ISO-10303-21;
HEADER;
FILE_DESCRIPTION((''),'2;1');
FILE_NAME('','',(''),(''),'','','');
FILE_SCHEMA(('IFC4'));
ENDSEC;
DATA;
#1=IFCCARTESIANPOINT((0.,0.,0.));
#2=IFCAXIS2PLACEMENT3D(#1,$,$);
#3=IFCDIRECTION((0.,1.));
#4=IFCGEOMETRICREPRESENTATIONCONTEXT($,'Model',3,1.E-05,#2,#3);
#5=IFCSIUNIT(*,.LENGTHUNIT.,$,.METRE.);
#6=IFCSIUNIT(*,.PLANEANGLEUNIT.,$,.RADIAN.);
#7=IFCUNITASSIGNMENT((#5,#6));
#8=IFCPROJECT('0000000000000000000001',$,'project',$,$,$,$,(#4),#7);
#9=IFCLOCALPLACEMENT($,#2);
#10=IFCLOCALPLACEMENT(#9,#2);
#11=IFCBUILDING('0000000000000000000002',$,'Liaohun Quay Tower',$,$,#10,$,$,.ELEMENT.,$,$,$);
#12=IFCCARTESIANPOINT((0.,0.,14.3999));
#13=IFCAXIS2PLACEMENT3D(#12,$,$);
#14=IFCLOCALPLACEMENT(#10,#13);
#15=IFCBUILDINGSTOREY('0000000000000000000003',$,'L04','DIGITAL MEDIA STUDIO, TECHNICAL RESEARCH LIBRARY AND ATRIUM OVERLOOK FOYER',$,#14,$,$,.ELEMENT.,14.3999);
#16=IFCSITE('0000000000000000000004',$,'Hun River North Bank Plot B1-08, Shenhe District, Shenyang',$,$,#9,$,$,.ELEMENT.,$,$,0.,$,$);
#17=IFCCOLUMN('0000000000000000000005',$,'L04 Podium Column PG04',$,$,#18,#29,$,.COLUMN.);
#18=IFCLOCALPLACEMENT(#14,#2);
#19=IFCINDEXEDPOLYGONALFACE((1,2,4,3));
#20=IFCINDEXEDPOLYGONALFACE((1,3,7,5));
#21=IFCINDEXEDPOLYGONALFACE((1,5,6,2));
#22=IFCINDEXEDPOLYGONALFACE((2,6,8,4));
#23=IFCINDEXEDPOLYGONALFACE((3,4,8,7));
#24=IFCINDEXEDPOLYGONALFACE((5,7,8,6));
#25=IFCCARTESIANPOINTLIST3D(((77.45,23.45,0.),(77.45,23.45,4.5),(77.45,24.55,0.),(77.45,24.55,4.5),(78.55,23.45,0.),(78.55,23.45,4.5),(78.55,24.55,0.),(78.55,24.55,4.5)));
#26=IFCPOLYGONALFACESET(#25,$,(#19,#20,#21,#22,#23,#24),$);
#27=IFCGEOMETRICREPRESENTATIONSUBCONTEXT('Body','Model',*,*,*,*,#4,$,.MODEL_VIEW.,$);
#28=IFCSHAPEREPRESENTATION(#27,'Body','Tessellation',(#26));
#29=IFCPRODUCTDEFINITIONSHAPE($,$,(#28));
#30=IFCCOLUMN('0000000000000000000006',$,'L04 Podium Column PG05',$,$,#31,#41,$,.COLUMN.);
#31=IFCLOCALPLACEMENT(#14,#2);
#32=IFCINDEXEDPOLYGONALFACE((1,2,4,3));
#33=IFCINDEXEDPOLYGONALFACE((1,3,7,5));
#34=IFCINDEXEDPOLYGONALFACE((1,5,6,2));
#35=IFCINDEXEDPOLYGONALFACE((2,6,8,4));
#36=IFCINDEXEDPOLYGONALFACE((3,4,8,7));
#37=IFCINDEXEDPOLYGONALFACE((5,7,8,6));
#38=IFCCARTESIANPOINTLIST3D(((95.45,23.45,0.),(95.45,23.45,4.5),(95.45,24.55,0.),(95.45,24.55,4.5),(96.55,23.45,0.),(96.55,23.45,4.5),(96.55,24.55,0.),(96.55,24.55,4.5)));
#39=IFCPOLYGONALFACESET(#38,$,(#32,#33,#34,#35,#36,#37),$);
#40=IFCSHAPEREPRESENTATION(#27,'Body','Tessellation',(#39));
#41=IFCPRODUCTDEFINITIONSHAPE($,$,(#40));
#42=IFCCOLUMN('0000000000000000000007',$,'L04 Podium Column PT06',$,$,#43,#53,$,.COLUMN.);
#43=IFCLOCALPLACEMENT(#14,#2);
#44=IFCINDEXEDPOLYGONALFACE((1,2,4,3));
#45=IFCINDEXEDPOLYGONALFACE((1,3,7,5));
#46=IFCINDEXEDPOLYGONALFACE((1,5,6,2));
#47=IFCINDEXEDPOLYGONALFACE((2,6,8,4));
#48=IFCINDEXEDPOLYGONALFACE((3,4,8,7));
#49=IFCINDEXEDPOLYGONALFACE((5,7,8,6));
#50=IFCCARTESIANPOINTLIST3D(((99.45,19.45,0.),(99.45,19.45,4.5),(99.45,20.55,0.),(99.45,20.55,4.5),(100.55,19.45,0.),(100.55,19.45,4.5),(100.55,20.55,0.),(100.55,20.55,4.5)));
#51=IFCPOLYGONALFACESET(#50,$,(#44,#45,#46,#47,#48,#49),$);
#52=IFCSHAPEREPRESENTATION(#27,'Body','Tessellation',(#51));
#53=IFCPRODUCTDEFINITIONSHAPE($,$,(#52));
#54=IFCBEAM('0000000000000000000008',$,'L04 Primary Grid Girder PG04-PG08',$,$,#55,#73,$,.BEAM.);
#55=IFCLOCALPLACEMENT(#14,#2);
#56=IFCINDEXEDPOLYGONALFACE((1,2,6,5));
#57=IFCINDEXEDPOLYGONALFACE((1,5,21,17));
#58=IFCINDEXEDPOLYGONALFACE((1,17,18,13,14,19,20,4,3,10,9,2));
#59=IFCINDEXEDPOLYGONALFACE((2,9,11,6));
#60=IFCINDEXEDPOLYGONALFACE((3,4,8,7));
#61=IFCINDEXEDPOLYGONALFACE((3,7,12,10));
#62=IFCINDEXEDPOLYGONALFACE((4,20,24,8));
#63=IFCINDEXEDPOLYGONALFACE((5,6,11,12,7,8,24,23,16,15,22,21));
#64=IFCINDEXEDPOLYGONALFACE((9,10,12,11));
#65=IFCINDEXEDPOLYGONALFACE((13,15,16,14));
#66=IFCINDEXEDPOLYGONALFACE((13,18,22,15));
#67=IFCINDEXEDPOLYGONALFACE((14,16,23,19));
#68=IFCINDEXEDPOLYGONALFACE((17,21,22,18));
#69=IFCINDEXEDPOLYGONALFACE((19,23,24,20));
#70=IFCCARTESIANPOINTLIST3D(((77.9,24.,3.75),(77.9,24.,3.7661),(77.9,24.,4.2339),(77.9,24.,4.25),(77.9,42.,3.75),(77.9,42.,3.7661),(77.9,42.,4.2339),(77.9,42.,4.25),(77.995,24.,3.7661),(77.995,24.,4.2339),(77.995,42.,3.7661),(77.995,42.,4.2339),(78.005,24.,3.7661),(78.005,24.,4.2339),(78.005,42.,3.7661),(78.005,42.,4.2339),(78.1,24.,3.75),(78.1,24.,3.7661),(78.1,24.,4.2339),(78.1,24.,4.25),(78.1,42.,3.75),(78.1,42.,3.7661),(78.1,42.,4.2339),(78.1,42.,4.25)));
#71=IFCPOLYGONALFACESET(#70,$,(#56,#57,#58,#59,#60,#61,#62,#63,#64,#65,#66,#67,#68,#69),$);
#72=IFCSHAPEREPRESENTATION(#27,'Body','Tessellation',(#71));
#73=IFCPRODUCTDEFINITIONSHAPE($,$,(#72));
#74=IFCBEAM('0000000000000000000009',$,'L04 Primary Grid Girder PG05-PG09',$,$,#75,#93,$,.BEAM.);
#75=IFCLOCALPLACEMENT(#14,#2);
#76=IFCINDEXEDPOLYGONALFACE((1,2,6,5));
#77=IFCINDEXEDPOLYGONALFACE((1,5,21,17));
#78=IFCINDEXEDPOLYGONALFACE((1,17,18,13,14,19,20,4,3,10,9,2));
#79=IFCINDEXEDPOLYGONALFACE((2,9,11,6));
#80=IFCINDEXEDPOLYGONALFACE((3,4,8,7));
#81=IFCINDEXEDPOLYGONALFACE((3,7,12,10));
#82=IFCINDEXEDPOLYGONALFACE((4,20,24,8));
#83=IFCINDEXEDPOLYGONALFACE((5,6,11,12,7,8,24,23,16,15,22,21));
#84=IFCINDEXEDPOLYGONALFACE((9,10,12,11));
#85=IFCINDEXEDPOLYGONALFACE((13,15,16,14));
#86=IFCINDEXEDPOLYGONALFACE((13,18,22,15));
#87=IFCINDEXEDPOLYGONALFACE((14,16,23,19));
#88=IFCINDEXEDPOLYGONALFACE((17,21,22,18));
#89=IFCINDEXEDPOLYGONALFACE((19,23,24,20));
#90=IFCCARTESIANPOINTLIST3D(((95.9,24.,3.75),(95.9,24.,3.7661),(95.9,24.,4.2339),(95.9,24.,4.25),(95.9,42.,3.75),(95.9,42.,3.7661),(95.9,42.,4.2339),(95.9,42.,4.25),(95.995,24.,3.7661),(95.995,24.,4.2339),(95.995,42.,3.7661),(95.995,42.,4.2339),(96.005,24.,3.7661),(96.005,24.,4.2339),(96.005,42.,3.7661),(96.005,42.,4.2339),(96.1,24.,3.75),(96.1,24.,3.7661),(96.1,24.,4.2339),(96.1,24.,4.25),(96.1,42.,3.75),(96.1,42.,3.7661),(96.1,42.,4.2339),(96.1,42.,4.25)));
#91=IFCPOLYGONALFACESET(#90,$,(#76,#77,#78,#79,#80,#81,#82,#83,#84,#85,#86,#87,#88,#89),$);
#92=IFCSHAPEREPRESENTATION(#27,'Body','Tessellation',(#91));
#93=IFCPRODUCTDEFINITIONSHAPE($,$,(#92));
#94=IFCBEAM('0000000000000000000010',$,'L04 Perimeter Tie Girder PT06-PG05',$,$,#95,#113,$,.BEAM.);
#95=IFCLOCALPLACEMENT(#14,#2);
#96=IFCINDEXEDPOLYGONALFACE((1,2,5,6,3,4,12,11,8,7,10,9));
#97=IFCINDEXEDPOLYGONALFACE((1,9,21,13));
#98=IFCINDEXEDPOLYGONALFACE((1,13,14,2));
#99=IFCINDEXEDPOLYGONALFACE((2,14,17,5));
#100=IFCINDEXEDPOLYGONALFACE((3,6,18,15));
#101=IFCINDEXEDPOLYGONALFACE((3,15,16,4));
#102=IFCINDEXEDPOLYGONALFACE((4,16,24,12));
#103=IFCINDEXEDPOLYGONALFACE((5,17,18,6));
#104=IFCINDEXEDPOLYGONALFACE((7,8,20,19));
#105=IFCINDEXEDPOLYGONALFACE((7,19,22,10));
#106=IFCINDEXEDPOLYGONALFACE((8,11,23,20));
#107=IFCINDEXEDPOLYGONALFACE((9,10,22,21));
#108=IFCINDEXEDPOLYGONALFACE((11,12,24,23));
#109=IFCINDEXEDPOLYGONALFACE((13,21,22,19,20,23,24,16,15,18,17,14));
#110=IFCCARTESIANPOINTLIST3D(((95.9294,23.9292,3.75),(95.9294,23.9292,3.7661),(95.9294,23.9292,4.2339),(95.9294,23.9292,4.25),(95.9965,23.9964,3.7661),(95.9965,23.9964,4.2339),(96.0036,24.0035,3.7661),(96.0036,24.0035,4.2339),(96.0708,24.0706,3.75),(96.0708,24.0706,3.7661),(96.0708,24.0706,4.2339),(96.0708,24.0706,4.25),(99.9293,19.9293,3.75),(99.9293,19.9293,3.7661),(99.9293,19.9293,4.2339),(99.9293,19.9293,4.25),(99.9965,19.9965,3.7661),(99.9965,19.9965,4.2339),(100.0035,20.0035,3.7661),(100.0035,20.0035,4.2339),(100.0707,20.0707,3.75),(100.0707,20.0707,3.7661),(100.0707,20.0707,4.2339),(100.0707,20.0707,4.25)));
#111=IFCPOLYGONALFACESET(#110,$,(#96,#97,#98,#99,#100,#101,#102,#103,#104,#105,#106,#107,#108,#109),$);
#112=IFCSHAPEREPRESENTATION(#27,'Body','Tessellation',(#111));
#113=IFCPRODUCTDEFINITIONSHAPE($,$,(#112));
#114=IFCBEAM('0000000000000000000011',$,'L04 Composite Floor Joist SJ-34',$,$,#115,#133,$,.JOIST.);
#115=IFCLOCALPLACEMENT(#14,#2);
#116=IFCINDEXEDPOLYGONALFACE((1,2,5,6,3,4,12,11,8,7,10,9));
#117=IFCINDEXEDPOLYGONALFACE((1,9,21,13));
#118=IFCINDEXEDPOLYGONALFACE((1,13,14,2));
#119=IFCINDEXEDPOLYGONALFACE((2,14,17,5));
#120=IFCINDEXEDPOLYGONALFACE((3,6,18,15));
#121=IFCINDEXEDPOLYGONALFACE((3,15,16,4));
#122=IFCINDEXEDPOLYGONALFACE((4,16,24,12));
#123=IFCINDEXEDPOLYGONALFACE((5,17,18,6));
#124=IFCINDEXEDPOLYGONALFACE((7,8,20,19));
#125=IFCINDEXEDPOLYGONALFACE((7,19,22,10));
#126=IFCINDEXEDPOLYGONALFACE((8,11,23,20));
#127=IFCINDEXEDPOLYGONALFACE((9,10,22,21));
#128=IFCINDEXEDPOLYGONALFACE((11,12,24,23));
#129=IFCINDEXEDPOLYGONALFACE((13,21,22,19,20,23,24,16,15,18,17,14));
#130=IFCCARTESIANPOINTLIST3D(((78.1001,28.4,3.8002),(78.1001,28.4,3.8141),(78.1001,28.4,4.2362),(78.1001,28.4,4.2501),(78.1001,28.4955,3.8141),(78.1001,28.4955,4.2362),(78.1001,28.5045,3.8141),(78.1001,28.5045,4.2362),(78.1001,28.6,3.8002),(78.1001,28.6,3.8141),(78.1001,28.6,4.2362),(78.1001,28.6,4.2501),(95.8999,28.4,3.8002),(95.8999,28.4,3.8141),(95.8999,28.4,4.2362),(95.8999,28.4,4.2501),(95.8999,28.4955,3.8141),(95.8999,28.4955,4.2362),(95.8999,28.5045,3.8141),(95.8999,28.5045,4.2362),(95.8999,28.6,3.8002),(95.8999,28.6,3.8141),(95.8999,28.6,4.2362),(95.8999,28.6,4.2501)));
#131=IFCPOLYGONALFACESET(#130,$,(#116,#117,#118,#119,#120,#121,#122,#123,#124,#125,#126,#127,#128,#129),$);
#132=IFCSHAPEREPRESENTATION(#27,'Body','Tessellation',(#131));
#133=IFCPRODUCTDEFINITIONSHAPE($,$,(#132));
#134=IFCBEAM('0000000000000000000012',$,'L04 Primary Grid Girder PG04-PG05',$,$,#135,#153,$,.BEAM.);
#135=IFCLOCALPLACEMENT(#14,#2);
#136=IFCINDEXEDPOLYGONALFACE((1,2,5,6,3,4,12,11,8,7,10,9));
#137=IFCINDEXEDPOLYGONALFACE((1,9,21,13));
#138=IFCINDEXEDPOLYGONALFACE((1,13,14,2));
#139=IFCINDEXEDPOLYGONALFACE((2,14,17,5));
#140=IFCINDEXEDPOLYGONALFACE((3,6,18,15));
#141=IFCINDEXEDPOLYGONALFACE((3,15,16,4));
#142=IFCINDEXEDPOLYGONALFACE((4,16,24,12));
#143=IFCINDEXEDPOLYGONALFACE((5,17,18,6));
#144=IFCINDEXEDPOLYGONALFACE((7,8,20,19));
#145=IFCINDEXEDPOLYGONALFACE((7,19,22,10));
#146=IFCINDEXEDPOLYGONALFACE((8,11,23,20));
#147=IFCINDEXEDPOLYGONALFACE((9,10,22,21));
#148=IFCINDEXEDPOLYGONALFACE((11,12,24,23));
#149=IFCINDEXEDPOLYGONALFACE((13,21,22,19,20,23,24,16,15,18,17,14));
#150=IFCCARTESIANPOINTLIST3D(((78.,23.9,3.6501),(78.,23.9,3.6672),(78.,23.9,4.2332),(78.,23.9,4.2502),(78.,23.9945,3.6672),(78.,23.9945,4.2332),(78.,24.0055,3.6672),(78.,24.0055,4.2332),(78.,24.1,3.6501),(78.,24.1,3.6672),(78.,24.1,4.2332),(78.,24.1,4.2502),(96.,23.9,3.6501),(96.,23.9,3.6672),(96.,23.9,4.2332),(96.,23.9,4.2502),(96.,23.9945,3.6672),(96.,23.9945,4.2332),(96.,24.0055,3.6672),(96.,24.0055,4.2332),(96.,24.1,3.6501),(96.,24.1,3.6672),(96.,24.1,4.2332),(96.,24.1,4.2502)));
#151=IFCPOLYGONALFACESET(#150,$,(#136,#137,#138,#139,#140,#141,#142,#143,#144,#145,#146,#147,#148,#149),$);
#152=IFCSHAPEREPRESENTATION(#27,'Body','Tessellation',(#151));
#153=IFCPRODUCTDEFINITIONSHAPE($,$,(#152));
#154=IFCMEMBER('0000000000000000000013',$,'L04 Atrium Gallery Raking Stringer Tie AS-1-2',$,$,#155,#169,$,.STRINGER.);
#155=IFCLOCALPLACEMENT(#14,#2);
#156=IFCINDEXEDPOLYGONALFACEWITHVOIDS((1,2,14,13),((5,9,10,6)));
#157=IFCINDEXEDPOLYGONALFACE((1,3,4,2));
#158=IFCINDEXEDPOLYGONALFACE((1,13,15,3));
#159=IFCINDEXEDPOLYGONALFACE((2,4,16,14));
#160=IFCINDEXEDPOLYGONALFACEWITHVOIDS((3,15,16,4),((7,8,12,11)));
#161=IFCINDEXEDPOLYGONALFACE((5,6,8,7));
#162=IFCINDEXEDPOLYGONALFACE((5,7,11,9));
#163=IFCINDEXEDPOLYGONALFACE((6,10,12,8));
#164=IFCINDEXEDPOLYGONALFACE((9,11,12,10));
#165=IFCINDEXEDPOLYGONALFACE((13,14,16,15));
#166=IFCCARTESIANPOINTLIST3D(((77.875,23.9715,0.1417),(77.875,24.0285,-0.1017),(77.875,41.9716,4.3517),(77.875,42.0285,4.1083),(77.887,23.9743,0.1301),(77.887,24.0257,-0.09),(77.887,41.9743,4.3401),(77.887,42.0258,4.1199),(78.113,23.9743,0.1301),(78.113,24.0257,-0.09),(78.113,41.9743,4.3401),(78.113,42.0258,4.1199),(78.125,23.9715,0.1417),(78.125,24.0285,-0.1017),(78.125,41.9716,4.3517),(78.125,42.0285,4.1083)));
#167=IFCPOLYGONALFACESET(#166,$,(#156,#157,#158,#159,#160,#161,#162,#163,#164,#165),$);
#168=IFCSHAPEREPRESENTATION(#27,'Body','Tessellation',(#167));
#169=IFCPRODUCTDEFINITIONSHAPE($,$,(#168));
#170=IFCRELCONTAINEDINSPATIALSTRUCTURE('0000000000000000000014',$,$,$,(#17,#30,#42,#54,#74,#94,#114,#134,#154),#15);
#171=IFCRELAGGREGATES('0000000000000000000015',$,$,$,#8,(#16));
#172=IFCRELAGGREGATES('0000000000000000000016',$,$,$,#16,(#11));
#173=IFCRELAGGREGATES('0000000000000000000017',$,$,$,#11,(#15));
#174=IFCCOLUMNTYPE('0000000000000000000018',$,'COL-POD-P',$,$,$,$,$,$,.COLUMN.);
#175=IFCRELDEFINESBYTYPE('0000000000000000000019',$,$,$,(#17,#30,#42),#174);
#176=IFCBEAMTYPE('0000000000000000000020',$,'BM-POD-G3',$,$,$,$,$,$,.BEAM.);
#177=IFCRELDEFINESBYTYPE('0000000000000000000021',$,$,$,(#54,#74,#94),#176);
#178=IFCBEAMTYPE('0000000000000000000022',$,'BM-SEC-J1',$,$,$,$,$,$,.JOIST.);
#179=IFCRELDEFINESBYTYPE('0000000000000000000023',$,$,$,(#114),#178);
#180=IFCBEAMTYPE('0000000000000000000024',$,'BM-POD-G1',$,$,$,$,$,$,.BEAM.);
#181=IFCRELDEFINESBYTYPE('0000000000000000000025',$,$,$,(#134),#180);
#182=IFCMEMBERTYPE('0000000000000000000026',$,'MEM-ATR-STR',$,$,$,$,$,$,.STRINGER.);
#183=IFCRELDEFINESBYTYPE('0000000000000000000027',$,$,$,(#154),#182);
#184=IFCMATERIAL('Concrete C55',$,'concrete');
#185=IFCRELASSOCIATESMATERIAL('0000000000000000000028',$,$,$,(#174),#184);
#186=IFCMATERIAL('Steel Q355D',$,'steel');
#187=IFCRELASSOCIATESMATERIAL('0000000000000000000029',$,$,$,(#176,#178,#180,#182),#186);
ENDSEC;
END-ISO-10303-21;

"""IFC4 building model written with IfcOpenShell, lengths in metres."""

from ifc_helpers import new_model, si_unit, direction, frame, origin, origin_2d, place, context, subcontext, project, spatial, rectangle, hollow_rectangle, i_section, extrude, source, transform, mapped, material, material_profile, profile_set, type_object, element, save


model = new_model("IFC4")

# Units and contexts
model_context = context("Model", 3, precision=1e-05, world=origin(), true_north=direction((0.0, 1.0)))
body_context = subcontext(model_context, "Body", "Model", "MODEL_VIEW")
ifc_project = project(units=[si_unit("LENGTHUNIT", "METRE"), si_unit("PLANEANGLEUNIT", "RADIAN")], contexts=[model_context])

# Site, building, storey
site_placement = place(None, origin())
site = spatial("IfcSite", under=ifc_project, at=site_placement, Name="Hun River North Bank Plot B1-08, Shenhe District, Shenyang", CompositionType="ELEMENT", RefElevation=0.0)
building_placement = place(site_placement, origin())
building = spatial("IfcBuilding", under=site, at=building_placement, Name="Liaohun Quay Tower", CompositionType="ELEMENT")
storey_placement = place(building_placement, frame((0.0, 0.0, 14.3999)))
storey = spatial("IfcBuildingStorey", under=building, at=storey_placement, Name="L04", Description="DIGITAL MEDIA STUDIO, TECHNICAL RESEARCH LIBRARY AND ATRIUM OVERLOOK FOYER", CompositionType="ELEMENT", Elevation=14.3999)

# Columns
ifc_material_1 = material(Name="Concrete C55", Category="concrete")
ifc_material_profile_1 = material_profile(ifc_material_1, rectangle(XDim=1.1001, YDim=1.1001, at=origin_2d()), Name="RC1100x1100")
ifc_profile_set_1 = profile_set([ifc_material_profile_1], Name="Concrete C55")
column_type = type_object("IfcColumnType", Name="COL-POD-P", PredefinedType="COLUMN", material=ifc_profile_set_1)
shared_shape_1 = source(origin(), body_context, "Body", "SweptSolid", [
    extrude(rectangle(XDim=1.1001, YDim=1.1001, at=origin_2d()), origin(), (0.0, 0.0, 1.0), 4.5),
])
for number, where, z_axis, x_axis, name in (
    (1, (78.0, 24.0, 0.0), (0.0, 0.0, 1.0), (1.0, 0.0, 0.0), "L04 Podium Column PG04"),
    (2, (96.0, 24.0, 0.0), (0.0, 0.0, 1.0), (1.0, 0.0, 0.0), "L04 Podium Column PG05"),
    (3, (100.0, 20.0, 0.0), (0.0, 0.0, 1.0), (1.0, 0.0, 0.0), "L04 Podium Column PT06"),
):
    element("IfcColumn", number, at=place(storey_placement, frame(where, z_axis=z_axis, x_axis=x_axis)), inside=storey, type_object=column_type, Name=name, PredefinedType="COLUMN", context=body_context, shape_type="MappedRepresentation", body=[
        mapped(shared_shape_1, transform((0.0, 0.0, 0.0), x_axis=(1.0, 0.0, 0.0), y_axis=(0.0, 1.0, 0.0), z_axis=(0.0, 0.0, 1.0), scale=1.0)),
    ])

# Beams
ifc_material_2 = material(Name="Steel Q355D", Category="steel")
ifc_material_profile_2 = material_profile(ifc_material_2, i_section(OverallWidth=0.2, OverallDepth=0.5, WebThickness=0.01, FlangeThickness=0.0161, at=origin_2d()), Name="HN500x200x10x16")
ifc_profile_set_2 = profile_set([ifc_material_profile_2], Name="Steel Q355D")
beam_type_1 = type_object("IfcBeamType", Name="BM-POD-G3", PredefinedType="BEAM", material=ifc_profile_set_2)
shared_shape_2 = source(origin(), body_context, "Body", "SweptSolid", [
    extrude(i_section(OverallWidth=0.2, OverallDepth=0.5, WebThickness=0.01, FlangeThickness=0.0161, at=origin_2d()), origin(), (0.0, 0.0, 1.0), 18.0),
])
for number, where, z_axis, x_axis, name in (
    (4, (78.0, 24.0, 4.0), (0.0, 1.0, 0.0), (-1.0, 0.0, 0.0), "L04 Primary Grid Girder PG04-PG08"),
    (5, (96.0, 24.0, 4.0), (0.0, 1.0, 0.0), (-1.0, 0.0, 0.0), "L04 Primary Grid Girder PG05-PG09"),
):
    element("IfcBeam", number, at=place(storey_placement, frame(where, z_axis=z_axis, x_axis=x_axis)), inside=storey, type_object=beam_type_1, Name=name, PredefinedType="BEAM", context=body_context, shape_type="MappedRepresentation", body=[
        mapped(shared_shape_2, transform((0.0, 0.0, 0.0), x_axis=(1.0, 0.0, 0.0), y_axis=(0.0, 1.0, 0.0), z_axis=(0.0, 0.0, 1.0), scale=1.0)),
    ])
shared_shape_3 = source(origin(), body_context, "Body", "SweptSolid", [
    extrude(i_section(OverallWidth=0.2, OverallDepth=0.5, WebThickness=0.01, FlangeThickness=0.0161, at=origin_2d()), origin(), (0.0, 0.0, 1.0), 5.6567),
])
beam_1_placement = place(storey_placement, frame((100.0, 20.0, 4.0), z_axis=(-0.707107, 0.707107, 0.0), x_axis=(-0.707107, -0.707107, 0.0)))
element("IfcBeam", 6, at=beam_1_placement, inside=storey, type_object=beam_type_1, Name="L04 Perimeter Tie Girder PT06-PG05", PredefinedType="BEAM", context=body_context, shape_type="MappedRepresentation", body=[
    mapped(shared_shape_3, transform((0.0, 0.0, 0.0), x_axis=(1.0, 0.0, 0.0), y_axis=(0.0, 1.0, 0.0), z_axis=(0.0, 0.0, 1.0), scale=1.0)),
])
ifc_material_profile_3 = material_profile(ifc_material_2, i_section(OverallWidth=0.2, OverallDepth=0.45, WebThickness=0.009, FlangeThickness=0.0139, at=origin_2d()), Name="HN450x200x9x14")
ifc_profile_set_3 = profile_set([ifc_material_profile_3], Name="Steel Q355D")
beam_type_2 = type_object("IfcBeamType", Name="BM-SEC-J1", PredefinedType="JOIST", material=ifc_profile_set_3)
shared_shape_4 = source(origin(), body_context, "Body", "SweptSolid", [
    extrude(i_section(OverallWidth=0.2, OverallDepth=0.45, WebThickness=0.009, FlangeThickness=0.0139, at=origin_2d()), origin(), (0.0, 0.0, 1.0), 17.7998),
])
beam_2_placement = place(storey_placement, frame((78.1001, 28.5, 4.0251), z_axis=(1.0, 0.0, 0.0), x_axis=(0.0, 1.0, 0.0)))
element("IfcBeam", 7, at=beam_2_placement, inside=storey, type_object=beam_type_2, Name="L04 Composite Floor Joist SJ-34", PredefinedType="JOIST", context=body_context, shape_type="MappedRepresentation", body=[
    mapped(shared_shape_4, transform((0.0, 0.0, 0.0), x_axis=(1.0, 0.0, 0.0), y_axis=(0.0, 1.0, 0.0), z_axis=(0.0, 0.0, 1.0), scale=1.0)),
])
ifc_material_profile_4 = material_profile(ifc_material_2, i_section(OverallWidth=0.2, OverallDepth=0.6001, WebThickness=0.011, FlangeThickness=0.0171, at=origin_2d()), Name="HN600x200x11x17")
ifc_profile_set_4 = profile_set([ifc_material_profile_4], Name="Steel Q355D")
beam_type_3 = type_object("IfcBeamType", Name="BM-POD-G1", PredefinedType="BEAM", material=ifc_profile_set_4)
shared_shape_5 = source(origin(), body_context, "Body", "SweptSolid", [
    extrude(i_section(OverallWidth=0.2, OverallDepth=0.6001, WebThickness=0.011, FlangeThickness=0.0171, at=origin_2d()), origin(), (0.0, 0.0, 1.0), 18.0),
])
beam_3_placement = place(storey_placement, frame((78.0, 24.0, 3.9502), z_axis=(1.0, 0.0, 0.0), x_axis=(0.0, 1.0, 0.0)))
element("IfcBeam", 8, at=beam_3_placement, inside=storey, type_object=beam_type_3, Name="L04 Primary Grid Girder PG04-PG05", PredefinedType="BEAM", context=body_context, shape_type="MappedRepresentation", body=[
    mapped(shared_shape_5, transform((0.0, 0.0, 0.0), x_axis=(1.0, 0.0, 0.0), y_axis=(0.0, 1.0, 0.0), z_axis=(0.0, 0.0, 1.0), scale=1.0)),
])

# Member
ifc_material_profile_5 = material_profile(ifc_material_2, hollow_rectangle(XDim=0.25, YDim=0.25, WallThickness=0.012, at=origin_2d()), Name="SHS250x250x12")
ifc_profile_set_5 = profile_set([ifc_material_profile_5], Name="Steel Q355D")
member_type = type_object("IfcMemberType", Name="MEM-ATR-STR", PredefinedType="STRINGER", material=ifc_profile_set_5)
shared_shape_6 = source(origin(), body_context, "Body", "SweptSolid", [
    extrude(hollow_rectangle(XDim=0.25, YDim=0.25, WallThickness=0.012, at=origin_2d()), origin(), (0.0, 0.0, 1.0), 18.4858),
])
member_placement = place(storey_placement, frame((78.0, 24.0, 0.02), z_axis=(0.0, 0.973722, 0.227741), x_axis=(-1.0, 0.0, 0.0)))
element("IfcMember", 9, at=member_placement, inside=storey, type_object=member_type, Name="L04 Atrium Gallery Raking Stringer Tie AS-1-2", PredefinedType="STRINGER", context=body_context, shape_type="MappedRepresentation", body=[
    mapped(shared_shape_6, transform((0.0, 0.0, 0.0), x_axis=(1.0, 0.0, 0.0), y_axis=(0.0, 1.0, 0.0), z_axis=(0.0, 0.0, 1.0), scale=1.0)),
])

save(model, "model.ifc")
